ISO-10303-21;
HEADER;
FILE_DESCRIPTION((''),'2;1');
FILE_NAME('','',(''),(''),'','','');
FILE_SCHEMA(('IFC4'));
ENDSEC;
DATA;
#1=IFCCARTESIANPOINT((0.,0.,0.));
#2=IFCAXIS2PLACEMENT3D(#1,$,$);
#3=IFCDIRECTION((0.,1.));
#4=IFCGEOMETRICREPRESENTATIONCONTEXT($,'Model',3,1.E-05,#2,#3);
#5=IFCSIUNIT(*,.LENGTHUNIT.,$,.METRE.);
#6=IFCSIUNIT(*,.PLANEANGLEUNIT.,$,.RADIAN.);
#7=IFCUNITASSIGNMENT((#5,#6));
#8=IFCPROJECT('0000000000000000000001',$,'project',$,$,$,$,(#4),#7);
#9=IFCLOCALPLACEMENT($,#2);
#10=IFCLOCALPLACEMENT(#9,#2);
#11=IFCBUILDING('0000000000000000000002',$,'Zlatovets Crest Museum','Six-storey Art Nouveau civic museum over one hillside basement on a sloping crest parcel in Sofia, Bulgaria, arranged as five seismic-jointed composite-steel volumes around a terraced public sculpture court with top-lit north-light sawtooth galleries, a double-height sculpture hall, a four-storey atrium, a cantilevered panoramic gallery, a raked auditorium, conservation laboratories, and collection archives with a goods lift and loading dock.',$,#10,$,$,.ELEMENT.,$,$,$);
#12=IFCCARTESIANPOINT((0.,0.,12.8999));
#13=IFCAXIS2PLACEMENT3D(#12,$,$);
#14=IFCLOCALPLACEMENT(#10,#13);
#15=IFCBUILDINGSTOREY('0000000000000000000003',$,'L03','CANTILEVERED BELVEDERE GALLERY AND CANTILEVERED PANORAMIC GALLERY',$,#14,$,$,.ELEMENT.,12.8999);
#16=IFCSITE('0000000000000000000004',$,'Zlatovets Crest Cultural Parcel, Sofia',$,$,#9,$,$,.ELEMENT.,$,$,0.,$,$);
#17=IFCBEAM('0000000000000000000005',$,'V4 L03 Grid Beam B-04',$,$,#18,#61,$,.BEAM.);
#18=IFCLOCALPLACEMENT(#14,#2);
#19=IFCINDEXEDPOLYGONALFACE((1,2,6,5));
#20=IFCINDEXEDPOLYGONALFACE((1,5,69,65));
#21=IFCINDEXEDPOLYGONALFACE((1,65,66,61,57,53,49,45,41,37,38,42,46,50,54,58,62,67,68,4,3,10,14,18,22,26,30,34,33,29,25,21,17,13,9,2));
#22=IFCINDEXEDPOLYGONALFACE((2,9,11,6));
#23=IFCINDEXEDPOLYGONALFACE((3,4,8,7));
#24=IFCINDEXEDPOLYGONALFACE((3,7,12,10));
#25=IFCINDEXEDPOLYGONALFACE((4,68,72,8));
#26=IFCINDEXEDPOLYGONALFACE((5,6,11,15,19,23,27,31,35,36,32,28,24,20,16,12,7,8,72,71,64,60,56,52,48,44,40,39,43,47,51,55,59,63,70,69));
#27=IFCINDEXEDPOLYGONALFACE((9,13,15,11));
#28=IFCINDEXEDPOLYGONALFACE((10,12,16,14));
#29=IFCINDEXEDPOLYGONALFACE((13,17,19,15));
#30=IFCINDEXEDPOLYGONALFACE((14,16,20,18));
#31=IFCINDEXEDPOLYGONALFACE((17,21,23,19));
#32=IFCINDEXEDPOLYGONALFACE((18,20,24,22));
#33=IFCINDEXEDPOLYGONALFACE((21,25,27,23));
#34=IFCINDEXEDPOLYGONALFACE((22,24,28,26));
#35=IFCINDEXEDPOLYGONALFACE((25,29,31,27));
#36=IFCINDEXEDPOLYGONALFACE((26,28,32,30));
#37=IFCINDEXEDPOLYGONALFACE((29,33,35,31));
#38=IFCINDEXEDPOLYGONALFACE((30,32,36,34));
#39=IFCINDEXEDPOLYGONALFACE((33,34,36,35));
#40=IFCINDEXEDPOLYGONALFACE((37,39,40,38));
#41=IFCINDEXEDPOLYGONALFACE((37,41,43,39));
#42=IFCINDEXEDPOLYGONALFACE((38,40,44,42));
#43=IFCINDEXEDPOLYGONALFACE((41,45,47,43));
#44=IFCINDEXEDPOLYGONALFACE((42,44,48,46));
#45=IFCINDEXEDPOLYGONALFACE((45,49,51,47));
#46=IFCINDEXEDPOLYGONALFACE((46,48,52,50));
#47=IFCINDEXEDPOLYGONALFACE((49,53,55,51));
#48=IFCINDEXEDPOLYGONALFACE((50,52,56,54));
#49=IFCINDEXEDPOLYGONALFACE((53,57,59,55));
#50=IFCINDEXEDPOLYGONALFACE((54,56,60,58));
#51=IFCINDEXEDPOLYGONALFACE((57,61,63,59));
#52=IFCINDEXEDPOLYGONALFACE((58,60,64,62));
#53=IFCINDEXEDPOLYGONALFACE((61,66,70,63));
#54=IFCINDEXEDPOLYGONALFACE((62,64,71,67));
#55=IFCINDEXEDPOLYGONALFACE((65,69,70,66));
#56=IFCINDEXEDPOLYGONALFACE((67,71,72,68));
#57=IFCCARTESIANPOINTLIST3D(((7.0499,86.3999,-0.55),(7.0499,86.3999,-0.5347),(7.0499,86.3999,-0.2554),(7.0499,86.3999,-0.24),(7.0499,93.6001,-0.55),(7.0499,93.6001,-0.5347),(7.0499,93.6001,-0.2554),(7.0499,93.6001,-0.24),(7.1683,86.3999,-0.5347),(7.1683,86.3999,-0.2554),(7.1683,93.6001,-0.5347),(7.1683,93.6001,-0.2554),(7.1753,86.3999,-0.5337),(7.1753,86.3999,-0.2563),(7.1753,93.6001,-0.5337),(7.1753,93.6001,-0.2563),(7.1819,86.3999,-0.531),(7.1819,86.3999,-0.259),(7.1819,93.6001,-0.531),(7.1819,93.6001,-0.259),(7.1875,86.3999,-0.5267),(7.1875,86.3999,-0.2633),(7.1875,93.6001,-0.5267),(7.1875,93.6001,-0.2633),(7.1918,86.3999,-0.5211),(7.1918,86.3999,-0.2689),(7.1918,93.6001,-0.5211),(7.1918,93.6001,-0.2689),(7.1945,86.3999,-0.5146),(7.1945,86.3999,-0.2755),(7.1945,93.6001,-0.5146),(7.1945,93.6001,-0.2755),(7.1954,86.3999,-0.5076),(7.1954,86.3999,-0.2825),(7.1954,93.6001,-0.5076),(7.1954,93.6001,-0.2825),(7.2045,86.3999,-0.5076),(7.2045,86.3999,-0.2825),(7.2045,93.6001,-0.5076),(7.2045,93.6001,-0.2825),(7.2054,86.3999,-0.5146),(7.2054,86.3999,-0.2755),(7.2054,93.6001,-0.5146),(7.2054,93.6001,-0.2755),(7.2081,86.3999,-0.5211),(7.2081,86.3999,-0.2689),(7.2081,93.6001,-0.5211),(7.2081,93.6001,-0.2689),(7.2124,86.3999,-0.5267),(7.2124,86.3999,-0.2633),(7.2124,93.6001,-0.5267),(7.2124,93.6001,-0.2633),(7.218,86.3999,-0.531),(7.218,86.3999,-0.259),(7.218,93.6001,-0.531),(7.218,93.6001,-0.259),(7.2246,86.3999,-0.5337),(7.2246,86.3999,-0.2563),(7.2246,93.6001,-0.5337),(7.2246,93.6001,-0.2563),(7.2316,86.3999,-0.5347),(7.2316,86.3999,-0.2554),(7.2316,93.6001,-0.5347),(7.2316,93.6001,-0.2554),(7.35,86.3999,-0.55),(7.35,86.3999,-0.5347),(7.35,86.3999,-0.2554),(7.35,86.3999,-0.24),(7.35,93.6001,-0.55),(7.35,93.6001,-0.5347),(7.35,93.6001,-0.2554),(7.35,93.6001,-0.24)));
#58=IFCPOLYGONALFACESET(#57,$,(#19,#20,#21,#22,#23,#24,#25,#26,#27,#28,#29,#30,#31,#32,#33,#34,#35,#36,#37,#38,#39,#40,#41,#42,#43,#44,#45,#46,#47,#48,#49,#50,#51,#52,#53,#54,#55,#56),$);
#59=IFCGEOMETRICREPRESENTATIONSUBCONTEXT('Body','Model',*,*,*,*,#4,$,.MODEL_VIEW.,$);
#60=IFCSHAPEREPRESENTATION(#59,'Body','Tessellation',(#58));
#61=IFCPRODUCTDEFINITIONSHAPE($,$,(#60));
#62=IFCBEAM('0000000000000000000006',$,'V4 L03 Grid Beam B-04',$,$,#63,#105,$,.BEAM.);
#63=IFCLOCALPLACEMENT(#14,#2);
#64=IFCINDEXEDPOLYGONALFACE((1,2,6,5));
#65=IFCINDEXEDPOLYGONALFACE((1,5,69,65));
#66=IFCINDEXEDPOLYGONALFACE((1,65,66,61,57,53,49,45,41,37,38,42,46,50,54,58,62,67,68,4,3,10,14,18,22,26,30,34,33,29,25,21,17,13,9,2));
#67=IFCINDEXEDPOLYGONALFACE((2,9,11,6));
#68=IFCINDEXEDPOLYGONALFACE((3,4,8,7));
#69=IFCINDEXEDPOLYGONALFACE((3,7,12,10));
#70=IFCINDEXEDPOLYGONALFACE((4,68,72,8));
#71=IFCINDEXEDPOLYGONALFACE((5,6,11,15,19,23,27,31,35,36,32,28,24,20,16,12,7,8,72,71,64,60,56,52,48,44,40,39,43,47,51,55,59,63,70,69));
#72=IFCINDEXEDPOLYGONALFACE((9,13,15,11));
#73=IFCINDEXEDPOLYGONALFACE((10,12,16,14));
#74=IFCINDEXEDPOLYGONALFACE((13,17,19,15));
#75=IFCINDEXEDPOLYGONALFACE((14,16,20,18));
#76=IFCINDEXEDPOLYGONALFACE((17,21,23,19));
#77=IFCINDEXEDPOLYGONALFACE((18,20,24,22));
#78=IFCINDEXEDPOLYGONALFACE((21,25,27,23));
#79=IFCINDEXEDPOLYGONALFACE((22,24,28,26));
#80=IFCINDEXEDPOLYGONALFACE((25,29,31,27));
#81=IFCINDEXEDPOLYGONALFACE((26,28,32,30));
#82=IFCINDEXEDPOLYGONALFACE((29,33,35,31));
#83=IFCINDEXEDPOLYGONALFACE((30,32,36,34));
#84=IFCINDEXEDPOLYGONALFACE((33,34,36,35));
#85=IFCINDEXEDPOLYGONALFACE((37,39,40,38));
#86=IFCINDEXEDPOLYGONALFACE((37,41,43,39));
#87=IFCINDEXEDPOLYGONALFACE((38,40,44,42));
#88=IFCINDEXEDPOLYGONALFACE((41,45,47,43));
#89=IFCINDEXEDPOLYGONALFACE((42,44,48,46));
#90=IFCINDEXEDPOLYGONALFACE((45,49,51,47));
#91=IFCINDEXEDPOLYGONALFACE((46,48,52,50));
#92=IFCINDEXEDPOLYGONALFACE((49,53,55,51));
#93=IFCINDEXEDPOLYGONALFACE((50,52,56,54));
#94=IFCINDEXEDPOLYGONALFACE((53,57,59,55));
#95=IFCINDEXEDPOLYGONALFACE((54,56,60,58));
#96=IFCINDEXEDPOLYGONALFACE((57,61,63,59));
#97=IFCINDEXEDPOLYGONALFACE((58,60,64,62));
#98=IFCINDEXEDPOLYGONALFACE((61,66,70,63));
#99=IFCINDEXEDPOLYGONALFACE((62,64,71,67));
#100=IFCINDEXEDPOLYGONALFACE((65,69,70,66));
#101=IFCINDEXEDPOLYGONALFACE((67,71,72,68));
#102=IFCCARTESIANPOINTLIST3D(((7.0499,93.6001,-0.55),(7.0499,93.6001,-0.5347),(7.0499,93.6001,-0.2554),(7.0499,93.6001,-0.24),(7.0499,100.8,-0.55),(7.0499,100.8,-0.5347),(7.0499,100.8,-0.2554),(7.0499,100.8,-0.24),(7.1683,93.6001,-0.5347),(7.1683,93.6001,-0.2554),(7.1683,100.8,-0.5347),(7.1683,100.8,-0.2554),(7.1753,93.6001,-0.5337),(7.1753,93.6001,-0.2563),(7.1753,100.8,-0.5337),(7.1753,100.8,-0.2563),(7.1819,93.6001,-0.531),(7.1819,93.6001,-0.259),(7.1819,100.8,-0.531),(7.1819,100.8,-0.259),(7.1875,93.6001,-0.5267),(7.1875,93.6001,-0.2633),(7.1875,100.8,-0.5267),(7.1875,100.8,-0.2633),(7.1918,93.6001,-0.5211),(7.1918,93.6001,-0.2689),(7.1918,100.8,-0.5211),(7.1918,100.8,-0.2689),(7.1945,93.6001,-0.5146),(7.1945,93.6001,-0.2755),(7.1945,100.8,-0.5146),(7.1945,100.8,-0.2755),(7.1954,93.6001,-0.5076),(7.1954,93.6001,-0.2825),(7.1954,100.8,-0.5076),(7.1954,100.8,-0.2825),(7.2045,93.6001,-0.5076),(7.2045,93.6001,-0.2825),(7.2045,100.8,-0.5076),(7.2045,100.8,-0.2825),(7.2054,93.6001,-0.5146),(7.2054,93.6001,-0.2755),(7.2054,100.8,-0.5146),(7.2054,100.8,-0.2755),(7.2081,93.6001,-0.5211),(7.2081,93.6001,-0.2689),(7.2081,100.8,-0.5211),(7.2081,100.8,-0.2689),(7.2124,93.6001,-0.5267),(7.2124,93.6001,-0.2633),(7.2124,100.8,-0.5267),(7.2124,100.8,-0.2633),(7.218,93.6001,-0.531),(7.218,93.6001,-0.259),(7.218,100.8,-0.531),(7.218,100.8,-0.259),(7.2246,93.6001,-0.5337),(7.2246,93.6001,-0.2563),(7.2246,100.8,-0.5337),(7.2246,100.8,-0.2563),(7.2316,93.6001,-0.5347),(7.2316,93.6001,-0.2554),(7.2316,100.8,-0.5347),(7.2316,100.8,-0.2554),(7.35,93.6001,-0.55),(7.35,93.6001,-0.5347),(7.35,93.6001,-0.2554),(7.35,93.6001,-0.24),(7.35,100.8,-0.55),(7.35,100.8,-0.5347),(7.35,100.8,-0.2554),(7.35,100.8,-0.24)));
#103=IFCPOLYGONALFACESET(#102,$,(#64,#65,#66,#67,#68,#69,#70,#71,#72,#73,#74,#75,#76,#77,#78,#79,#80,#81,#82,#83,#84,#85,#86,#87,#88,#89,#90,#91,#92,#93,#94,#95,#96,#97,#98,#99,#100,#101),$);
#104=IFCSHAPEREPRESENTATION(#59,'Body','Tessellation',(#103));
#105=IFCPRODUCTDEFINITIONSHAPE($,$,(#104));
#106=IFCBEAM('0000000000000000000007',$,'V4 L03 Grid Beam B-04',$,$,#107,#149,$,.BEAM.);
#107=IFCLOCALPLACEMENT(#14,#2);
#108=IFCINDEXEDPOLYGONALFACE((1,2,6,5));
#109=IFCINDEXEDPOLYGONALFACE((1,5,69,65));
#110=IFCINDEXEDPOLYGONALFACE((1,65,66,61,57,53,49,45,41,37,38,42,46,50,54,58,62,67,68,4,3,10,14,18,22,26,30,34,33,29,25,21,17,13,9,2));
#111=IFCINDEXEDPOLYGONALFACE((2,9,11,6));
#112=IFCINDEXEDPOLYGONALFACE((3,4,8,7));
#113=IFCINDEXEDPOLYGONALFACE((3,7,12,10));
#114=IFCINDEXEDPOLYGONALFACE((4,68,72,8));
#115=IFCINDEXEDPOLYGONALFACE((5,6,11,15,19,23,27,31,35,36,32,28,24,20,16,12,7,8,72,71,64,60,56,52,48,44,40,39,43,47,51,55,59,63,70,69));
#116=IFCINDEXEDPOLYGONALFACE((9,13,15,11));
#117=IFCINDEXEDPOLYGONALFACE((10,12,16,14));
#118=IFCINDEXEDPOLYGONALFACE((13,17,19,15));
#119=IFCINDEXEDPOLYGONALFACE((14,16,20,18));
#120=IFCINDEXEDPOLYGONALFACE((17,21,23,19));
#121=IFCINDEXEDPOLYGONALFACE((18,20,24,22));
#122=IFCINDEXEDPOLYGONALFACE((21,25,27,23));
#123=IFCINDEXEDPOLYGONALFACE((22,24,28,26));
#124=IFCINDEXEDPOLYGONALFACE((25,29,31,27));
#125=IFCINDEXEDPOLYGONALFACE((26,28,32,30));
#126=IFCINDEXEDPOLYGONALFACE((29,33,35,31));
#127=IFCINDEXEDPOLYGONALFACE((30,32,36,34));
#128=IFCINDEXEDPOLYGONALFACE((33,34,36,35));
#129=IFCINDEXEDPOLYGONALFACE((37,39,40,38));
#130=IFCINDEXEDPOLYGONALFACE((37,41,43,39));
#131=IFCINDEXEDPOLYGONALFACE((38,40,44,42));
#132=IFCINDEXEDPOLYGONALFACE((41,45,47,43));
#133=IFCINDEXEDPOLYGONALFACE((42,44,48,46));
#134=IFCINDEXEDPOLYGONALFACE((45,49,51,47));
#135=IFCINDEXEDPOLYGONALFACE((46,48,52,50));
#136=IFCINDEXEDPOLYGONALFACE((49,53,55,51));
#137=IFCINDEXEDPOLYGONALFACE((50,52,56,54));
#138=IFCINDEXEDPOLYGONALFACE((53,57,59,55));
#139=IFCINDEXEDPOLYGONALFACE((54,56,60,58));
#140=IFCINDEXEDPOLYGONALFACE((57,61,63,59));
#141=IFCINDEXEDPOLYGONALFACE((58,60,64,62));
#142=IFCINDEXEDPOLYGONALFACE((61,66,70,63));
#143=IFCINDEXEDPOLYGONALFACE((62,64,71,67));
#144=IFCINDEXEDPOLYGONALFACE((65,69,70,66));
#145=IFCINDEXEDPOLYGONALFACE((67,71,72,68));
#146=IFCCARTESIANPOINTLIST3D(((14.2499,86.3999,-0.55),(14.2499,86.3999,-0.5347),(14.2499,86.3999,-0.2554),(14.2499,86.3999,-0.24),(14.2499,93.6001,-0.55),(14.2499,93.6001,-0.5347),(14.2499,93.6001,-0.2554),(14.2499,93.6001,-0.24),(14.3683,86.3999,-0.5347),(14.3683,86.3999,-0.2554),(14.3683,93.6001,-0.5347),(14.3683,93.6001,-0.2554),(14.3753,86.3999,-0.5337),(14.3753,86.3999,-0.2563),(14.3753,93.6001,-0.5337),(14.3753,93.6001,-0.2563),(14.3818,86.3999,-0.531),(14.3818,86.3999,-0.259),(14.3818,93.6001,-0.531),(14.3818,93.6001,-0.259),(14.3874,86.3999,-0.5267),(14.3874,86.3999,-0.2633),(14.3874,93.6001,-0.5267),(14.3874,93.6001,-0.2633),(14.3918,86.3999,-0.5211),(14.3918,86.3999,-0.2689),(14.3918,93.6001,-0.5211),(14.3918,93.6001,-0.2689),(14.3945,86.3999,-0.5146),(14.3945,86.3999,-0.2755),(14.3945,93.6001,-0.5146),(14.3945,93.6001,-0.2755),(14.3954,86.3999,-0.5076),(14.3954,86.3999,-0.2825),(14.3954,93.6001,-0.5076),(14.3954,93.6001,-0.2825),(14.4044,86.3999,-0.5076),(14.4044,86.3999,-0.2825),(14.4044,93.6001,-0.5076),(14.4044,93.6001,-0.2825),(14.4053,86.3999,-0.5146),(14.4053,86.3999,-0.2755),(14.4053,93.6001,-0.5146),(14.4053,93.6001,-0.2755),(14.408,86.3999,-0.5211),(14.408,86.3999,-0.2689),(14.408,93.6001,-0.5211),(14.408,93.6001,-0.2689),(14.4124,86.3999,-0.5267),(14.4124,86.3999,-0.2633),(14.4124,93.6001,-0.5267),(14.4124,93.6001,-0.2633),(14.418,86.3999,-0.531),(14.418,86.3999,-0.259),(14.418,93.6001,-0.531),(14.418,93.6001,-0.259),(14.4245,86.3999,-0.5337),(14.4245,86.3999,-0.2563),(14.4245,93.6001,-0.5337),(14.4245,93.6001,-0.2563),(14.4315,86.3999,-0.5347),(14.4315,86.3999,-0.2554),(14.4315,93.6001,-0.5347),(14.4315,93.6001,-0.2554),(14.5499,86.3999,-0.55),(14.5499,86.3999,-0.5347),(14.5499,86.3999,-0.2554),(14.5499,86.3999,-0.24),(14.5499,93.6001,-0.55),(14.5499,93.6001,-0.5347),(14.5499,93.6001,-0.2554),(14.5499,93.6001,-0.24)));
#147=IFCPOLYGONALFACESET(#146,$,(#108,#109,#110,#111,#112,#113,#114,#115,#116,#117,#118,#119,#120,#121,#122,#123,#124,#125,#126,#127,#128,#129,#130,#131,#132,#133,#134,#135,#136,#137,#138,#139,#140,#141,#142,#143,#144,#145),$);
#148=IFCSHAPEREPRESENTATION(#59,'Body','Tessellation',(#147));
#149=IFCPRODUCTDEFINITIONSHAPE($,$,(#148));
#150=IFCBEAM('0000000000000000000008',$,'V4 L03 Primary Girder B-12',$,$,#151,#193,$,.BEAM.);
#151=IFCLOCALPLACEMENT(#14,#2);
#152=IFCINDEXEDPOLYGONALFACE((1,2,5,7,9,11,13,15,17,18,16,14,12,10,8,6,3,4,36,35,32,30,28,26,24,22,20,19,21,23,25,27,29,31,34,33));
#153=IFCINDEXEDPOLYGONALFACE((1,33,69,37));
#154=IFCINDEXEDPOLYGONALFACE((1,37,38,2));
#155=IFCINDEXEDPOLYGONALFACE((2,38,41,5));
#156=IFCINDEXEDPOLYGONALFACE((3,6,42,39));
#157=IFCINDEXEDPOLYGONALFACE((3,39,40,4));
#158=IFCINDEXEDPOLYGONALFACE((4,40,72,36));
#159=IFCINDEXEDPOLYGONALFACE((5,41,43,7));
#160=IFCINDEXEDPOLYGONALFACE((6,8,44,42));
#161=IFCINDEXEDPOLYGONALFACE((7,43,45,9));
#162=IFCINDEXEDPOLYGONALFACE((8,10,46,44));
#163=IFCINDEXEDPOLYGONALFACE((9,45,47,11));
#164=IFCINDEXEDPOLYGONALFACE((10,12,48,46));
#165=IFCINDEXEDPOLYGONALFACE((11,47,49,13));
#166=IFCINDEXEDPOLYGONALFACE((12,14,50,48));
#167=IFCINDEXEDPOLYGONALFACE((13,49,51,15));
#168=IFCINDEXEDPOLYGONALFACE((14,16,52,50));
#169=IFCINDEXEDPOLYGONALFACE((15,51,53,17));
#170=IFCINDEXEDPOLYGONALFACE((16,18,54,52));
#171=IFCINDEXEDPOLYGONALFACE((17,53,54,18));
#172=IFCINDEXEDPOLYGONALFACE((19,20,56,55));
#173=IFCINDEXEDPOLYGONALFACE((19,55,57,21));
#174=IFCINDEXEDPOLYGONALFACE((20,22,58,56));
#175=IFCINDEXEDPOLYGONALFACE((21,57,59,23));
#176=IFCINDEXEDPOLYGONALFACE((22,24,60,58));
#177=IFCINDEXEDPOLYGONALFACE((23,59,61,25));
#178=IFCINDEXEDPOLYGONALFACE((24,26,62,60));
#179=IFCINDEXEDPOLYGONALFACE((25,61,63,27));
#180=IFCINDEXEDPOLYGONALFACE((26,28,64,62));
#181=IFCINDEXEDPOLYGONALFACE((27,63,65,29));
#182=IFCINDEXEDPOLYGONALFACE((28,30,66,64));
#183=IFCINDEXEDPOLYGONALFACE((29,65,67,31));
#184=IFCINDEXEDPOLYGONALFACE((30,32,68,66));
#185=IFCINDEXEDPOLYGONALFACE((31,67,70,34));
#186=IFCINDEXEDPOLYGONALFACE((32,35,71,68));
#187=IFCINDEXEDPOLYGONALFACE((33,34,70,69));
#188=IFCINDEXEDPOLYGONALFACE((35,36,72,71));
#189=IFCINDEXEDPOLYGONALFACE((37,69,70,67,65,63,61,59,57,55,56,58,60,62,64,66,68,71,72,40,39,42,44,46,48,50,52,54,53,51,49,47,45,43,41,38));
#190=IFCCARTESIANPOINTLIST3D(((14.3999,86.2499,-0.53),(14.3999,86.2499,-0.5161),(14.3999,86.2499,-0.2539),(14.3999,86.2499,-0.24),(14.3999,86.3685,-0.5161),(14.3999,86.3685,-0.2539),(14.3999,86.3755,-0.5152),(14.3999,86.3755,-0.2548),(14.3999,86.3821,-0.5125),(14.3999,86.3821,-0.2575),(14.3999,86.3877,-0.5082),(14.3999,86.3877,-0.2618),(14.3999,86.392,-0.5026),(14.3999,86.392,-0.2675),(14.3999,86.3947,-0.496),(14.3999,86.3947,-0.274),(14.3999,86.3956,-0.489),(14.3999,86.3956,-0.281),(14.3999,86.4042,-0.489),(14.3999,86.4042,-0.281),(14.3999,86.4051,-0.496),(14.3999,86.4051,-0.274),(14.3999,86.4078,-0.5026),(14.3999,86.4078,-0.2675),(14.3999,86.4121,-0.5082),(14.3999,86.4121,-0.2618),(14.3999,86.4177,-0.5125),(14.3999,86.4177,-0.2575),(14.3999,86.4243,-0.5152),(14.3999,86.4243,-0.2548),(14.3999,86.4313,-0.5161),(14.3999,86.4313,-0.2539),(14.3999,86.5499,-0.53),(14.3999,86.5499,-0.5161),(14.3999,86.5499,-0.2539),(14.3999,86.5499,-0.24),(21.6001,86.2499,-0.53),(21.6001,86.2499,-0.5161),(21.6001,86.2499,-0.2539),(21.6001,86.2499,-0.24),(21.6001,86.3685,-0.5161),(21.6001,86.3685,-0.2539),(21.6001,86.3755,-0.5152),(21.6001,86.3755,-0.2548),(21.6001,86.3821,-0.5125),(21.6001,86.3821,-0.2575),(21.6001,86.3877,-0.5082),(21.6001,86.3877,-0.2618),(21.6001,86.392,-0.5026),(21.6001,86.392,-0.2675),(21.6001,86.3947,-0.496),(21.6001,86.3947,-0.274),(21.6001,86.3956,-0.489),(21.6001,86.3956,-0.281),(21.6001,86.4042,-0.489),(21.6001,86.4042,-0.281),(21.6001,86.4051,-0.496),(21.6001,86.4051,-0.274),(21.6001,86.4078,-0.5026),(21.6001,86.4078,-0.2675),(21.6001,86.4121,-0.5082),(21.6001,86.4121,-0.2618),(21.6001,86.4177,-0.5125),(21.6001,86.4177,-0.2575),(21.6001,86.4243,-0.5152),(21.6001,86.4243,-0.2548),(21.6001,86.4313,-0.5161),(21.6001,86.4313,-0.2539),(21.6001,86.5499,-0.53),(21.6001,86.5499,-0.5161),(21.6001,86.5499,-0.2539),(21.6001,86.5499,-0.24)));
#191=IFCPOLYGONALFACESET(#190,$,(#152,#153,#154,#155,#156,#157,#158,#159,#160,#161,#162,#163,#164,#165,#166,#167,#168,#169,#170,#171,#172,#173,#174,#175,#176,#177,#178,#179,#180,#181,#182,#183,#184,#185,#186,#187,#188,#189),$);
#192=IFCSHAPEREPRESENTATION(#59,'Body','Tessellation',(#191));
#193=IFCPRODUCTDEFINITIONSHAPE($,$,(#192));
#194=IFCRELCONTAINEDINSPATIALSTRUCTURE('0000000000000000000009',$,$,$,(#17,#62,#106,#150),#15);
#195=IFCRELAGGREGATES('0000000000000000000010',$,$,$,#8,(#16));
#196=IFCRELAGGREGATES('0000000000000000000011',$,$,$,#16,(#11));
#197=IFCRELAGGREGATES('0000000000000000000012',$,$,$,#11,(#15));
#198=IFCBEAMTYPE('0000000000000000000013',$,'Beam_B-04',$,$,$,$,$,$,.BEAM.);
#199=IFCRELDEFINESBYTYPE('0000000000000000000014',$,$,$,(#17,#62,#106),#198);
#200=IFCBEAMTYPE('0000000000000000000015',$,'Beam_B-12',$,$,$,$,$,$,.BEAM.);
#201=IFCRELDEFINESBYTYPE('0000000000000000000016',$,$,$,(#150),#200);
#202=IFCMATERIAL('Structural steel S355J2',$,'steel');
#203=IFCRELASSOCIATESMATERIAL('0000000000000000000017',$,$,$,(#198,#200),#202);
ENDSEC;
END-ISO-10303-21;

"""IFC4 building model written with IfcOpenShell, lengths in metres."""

from ifc_helpers import new_model, si_unit, direction, frame, origin, origin_2d, place, context, subcontext, project, spatial, i_section, extrude, material, material_profile, profile_set, type_object, element, save


model = new_model("IFC4")

# Units and contexts
model_context = context("Model", 3, precision=1e-05, world=origin(), true_north=direction((0.0, 1.0)))
body_context = subcontext(model_context, "Body", "Model", "MODEL_VIEW")
ifc_project = project(units=[si_unit("LENGTHUNIT", "METRE"), si_unit("PLANEANGLEUNIT", "RADIAN")], contexts=[model_context])

# Site, building, storey
site_placement = place(None, origin())
site = spatial("IfcSite", under=ifc_project, at=site_placement, Name="Zlatovets Crest Cultural Parcel, Sofia", CompositionType="ELEMENT", RefElevation=0.0)
building_placement = place(site_placement, origin())
building = spatial("IfcBuilding", under=site, at=building_placement, Name="Zlatovets Crest Museum", Description="Six-storey Art Nouveau civic museum over one hillside basement on a sloping crest parcel in Sofia, Bulgaria, arranged as five seismic-jointed composite-steel volumes around a terraced public sculpture court with top-lit north-light sawtooth galleries, a double-height sculpture hall, a four-storey atrium, a cantilevered panoramic gallery, a raked auditorium, conservation laboratories, and collection archives with a goods lift and loading dock.", CompositionType="ELEMENT")
storey_placement = place(building_placement, frame((0.0, 0.0, 12.8999)))
storey = spatial("IfcBuildingStorey", under=building, at=storey_placement, Name="L03", Description="CANTILEVERED BELVEDERE GALLERY AND CANTILEVERED PANORAMIC GALLERY", CompositionType="ELEMENT", Elevation=12.8999)

# Shared definitions
ifc_material_1 = material(Name="Structural steel S355J2", Category="steel")

# Beams
ifc_material_profile_1 = material_profile(ifc_material_1, i_section(OverallWidth=0.3, OverallDepth=0.3101, WebThickness=0.009, FlangeThickness=0.0154, FilletRadius=0.0271, at=origin_2d()), Name="HEA 320")
ifc_profile_set_1 = profile_set([ifc_material_profile_1], Name="Structural steel S355J2")
beam_type_1 = type_object("IfcBeamType", Name="Beam_B-04", PredefinedType="BEAM", material=ifc_profile_set_1)
beam_1_placement = place(storey_placement, frame((7.2, 86.3999, -0.395), z_axis=(0.0, 1.0, 0.0), x_axis=(-1.0, 0.0, 0.0)))
element("IfcBeam", 1, at=beam_1_placement, inside=storey, type_object=beam_type_1, Name="V4 L03 Grid Beam B-04", PredefinedType="BEAM", context=body_context, shape_type="SweptSolid", body=[
    extrude(i_section(OverallWidth=0.3, OverallDepth=0.3101, WebThickness=0.009, FlangeThickness=0.0154, FilletRadius=0.0271, at=origin_2d()), origin(), (0.0, 0.0, 1.0), 7.2002),
])
beam_2_placement = place(storey_placement, frame((7.2, 93.6001, -0.395), z_axis=(0.0, 1.0, 0.0), x_axis=(-1.0, 0.0, 0.0)))
element("IfcBeam", 2, at=beam_2_placement, inside=storey, type_object=beam_type_1, Name="V4 L03 Grid Beam B-04", PredefinedType="BEAM", context=body_context, shape_type="SweptSolid", body=[
    extrude(i_section(OverallWidth=0.3, OverallDepth=0.3101, WebThickness=0.009, FlangeThickness=0.0154, FilletRadius=0.0271, at=origin_2d()), origin(), (0.0, 0.0, 1.0), 7.2),
])
beam_3_placement = place(storey_placement, frame((14.3999, 86.3999, -0.395), z_axis=(0.0, 1.0, 0.0), x_axis=(-1.0, 0.0, 0.0)))
element("IfcBeam", 3, at=beam_3_placement, inside=storey, type_object=beam_type_1, Name="V4 L03 Grid Beam B-04", PredefinedType="BEAM", context=body_context, shape_type="SweptSolid", body=[
    extrude(i_section(OverallWidth=0.3, OverallDepth=0.3101, WebThickness=0.009, FlangeThickness=0.0154, FilletRadius=0.0271, at=origin_2d()), origin(), (0.0, 0.0, 1.0), 7.2002),
])
ifc_material_profile_2 = material_profile(ifc_material_1, i_section(OverallWidth=0.3, OverallDepth=0.29, WebThickness=0.0085, FlangeThickness=0.0139, FilletRadius=0.0271, at=origin_2d()), Name="HEA 300")
ifc_profile_set_2 = profile_set([ifc_material_profile_2], Name="Structural steel S355J2")
beam_type_2 = type_object("IfcBeamType", Name="Beam_B-12", PredefinedType="BEAM", material=ifc_profile_set_2)
beam_4_placement = place(storey_placement, frame((14.3999, 86.3999, -0.385), z_axis=(1.0, 0.0, 0.0), x_axis=(0.0, 1.0, 0.0)))
element("IfcBeam", 4, at=beam_4_placement, inside=storey, type_object=beam_type_2, Name="V4 L03 Primary Girder B-12", PredefinedType="BEAM", context=body_context, shape_type="SweptSolid", body=[
    extrude(i_section(OverallWidth=0.3, OverallDepth=0.29, WebThickness=0.0085, FlangeThickness=0.0139, FilletRadius=0.0271, at=origin_2d()), origin(), (0.0, 0.0, 1.0), 7.2002),
])

save(model, "model.ifc")
